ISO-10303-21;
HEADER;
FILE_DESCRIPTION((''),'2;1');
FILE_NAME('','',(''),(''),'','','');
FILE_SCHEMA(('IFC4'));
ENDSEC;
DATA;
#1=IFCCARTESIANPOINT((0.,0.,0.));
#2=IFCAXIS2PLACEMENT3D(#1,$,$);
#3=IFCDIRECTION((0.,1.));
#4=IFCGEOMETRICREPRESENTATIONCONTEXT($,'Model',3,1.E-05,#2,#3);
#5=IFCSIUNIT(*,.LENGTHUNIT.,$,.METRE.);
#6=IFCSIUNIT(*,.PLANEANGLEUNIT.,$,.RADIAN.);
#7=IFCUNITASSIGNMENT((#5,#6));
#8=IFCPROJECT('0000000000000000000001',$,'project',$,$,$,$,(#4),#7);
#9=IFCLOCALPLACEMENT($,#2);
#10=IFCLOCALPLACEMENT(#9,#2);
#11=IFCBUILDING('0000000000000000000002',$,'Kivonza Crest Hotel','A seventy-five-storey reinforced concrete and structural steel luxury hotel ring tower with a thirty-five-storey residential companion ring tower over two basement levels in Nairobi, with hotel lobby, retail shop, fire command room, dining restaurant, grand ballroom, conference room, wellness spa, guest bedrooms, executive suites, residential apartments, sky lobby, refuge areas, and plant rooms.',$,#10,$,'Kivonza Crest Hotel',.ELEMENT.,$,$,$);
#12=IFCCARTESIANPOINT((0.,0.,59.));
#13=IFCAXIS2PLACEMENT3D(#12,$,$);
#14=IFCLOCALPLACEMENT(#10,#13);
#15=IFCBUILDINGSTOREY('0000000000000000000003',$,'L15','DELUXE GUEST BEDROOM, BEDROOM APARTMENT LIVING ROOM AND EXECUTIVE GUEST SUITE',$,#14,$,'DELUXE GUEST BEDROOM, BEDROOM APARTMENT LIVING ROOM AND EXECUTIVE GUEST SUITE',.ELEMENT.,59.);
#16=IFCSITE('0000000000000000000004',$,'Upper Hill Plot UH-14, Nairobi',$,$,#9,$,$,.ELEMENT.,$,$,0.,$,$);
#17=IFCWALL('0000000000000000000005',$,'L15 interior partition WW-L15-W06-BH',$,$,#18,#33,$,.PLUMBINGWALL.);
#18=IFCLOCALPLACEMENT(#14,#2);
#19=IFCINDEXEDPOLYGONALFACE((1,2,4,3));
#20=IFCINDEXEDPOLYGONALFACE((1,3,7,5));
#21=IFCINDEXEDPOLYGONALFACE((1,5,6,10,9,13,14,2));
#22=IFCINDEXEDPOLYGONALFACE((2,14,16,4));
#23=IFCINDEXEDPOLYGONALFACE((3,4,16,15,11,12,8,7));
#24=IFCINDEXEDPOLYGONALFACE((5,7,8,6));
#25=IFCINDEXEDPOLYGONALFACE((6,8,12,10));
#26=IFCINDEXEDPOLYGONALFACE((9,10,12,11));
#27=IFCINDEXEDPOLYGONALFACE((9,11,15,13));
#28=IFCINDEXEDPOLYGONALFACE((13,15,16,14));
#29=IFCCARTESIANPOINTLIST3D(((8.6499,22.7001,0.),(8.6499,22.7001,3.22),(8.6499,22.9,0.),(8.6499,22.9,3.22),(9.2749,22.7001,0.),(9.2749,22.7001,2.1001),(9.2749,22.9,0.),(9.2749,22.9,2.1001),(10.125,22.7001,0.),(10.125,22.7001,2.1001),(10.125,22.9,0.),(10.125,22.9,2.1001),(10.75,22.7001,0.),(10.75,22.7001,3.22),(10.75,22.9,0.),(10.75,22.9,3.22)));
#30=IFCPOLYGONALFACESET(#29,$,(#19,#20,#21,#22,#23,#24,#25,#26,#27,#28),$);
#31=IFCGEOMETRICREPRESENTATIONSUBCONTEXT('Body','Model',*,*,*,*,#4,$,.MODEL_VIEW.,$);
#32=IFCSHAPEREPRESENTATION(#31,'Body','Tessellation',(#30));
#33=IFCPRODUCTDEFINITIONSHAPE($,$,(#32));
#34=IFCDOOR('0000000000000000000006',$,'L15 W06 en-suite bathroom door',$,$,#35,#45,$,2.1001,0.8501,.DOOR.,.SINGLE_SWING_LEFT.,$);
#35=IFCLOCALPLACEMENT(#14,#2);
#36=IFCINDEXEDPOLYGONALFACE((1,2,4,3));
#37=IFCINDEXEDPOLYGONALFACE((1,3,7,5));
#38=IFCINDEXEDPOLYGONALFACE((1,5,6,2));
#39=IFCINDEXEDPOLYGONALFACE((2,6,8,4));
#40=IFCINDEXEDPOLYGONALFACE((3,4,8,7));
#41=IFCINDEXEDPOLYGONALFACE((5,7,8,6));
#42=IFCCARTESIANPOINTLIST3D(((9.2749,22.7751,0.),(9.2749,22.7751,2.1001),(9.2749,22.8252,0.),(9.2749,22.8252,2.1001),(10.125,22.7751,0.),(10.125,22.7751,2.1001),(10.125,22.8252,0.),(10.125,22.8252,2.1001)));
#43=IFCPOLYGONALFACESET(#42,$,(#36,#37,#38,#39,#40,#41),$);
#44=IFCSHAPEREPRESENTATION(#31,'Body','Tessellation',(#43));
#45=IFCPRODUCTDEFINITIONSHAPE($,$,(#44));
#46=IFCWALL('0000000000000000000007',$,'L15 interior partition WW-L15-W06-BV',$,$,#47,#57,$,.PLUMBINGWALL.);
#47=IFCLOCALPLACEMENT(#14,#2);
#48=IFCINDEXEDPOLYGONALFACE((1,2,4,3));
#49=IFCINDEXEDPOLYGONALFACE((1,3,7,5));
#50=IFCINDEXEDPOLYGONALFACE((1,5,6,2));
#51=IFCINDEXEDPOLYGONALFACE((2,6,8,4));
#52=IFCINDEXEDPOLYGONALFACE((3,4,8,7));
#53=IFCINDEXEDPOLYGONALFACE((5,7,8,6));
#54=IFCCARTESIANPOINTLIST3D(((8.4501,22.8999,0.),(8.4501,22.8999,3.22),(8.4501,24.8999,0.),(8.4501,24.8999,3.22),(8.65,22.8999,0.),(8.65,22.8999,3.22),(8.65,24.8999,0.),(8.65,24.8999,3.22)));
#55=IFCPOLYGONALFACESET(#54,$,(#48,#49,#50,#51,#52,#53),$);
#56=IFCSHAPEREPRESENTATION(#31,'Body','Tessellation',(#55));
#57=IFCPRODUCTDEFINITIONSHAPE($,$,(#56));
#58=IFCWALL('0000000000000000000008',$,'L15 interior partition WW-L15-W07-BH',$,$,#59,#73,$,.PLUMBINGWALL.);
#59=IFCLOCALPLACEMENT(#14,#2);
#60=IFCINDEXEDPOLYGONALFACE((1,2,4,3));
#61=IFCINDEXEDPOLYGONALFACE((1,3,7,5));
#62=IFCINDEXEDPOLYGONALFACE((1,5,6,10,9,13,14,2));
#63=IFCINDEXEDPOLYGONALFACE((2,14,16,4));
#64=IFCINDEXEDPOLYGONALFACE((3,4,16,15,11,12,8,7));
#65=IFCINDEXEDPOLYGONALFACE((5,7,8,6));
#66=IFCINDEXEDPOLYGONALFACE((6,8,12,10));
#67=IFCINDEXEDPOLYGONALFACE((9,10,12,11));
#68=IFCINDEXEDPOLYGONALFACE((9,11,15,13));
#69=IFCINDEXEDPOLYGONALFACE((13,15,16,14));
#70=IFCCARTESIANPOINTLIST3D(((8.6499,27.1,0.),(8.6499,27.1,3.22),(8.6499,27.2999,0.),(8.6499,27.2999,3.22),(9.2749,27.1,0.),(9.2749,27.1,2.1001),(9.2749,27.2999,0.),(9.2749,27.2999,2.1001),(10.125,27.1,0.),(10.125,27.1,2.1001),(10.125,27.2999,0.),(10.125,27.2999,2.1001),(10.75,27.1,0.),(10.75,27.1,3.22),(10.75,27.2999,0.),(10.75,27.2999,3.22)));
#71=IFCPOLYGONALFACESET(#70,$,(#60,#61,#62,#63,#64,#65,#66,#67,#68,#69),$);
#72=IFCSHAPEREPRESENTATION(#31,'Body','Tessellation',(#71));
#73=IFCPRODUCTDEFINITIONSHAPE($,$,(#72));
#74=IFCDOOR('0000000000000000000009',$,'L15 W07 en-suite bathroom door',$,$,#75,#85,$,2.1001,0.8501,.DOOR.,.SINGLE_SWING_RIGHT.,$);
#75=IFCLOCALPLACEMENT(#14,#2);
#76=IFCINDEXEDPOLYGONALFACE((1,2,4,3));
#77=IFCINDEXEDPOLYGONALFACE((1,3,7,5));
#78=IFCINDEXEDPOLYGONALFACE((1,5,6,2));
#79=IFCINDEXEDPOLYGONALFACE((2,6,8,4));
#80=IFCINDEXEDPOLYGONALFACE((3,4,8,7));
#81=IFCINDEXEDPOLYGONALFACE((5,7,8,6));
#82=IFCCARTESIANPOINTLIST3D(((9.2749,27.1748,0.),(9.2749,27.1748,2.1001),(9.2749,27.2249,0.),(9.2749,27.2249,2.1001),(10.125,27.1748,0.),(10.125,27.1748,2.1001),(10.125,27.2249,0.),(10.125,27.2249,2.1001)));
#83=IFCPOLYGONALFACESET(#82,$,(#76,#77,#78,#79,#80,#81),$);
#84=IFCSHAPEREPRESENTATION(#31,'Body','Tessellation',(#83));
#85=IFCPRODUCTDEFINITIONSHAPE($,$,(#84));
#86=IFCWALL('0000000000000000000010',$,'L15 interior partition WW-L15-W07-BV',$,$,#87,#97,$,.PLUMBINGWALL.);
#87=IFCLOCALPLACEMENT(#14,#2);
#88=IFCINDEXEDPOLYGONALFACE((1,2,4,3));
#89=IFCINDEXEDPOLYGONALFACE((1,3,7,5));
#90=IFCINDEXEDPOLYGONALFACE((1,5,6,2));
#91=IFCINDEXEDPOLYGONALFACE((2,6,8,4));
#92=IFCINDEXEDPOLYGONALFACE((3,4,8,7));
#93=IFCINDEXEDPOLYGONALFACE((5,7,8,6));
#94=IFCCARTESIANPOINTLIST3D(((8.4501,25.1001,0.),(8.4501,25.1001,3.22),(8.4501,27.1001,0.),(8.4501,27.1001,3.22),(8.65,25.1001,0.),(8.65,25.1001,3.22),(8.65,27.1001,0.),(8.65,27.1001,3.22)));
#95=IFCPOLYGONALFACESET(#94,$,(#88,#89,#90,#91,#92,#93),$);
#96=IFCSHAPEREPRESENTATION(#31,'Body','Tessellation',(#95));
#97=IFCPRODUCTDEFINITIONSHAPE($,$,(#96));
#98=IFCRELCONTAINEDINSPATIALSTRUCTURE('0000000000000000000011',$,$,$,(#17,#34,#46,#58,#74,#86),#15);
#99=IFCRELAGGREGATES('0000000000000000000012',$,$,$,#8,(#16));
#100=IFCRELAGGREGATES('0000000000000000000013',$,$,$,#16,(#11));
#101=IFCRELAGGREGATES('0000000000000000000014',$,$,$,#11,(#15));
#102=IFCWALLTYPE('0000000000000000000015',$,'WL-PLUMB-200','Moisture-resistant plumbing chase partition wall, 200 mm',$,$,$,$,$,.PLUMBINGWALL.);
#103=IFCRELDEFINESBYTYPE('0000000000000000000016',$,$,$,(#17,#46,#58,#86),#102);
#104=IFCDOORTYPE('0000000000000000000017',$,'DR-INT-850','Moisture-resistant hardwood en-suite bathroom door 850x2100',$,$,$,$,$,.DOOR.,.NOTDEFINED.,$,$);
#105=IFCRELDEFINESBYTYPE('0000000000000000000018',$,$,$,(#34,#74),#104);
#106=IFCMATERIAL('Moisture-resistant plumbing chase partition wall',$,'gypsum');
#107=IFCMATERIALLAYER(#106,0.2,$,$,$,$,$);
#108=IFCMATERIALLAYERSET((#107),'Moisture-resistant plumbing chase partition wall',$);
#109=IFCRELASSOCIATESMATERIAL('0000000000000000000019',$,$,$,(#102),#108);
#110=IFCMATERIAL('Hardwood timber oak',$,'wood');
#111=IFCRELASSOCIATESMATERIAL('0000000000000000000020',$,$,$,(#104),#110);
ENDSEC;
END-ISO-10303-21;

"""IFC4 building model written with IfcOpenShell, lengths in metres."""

from ifc_helpers import new_model, si_unit, direction, frame, frame_2d, origin, place, context, subcontext, project, spatial, rectangle, extrude, material, layer, layer_set, type_object, element, fill, save


model = new_model("IFC4")

# Units and contexts
model_context = context("Model", 3, precision=1e-05, world=origin(), true_north=direction((0.0, 1.0)))
body_context = subcontext(model_context, "Body", "Model", "MODEL_VIEW")
ifc_project = project(units=[si_unit("LENGTHUNIT", "METRE"), si_unit("PLANEANGLEUNIT", "RADIAN")], contexts=[model_context])

# Site, building, storey
site_placement = place(None, origin())
site = spatial("IfcSite", under=ifc_project, at=site_placement, Name="Upper Hill Plot UH-14, Nairobi", CompositionType="ELEMENT", RefElevation=0.0)
building_placement = place(site_placement, origin())
building = spatial("IfcBuilding", under=site, at=building_placement, Name="Kivonza Crest Hotel", Description="A seventy-five-storey reinforced concrete and structural steel luxury hotel ring tower with a thirty-five-storey residential companion ring tower over two basement levels in Nairobi, with hotel lobby, retail shop, fire command room, dining restaurant, grand ballroom, conference room, wellness spa, guest bedrooms, executive suites, residential apartments, sky lobby, refuge areas, and plant rooms.", LongName="Kivonza Crest Hotel", CompositionType="ELEMENT")
storey_placement = place(building_placement, frame((0.0, 0.0, 59.0)))
storey = spatial("IfcBuildingStorey", under=building, at=storey_placement, Name="L15", Description="DELUXE GUEST BEDROOM, BEDROOM APARTMENT LIVING ROOM AND EXECUTIVE GUEST SUITE", LongName="DELUXE GUEST BEDROOM, BEDROOM APARTMENT LIVING ROOM AND EXECUTIVE GUEST SUITE", CompositionType="ELEMENT", Elevation=59.0)

# Shared definitions
ifc_material_1 = material(Name="Hardwood timber oak", Category="wood")

# Wall, opening, door
ifc_material_2 = material(Name="Moisture-resistant plumbing chase partition wall", Category="gypsum")
ifc_layer_1 = layer(ifc_material_2, 0.2)
ifc_layer_set_1 = layer_set([ifc_layer_1], Name="Moisture-resistant plumbing chase partition wall")
wall_type_1 = type_object("IfcWallType", Name="WL-PLUMB-200", Description="Moisture-resistant plumbing chase partition wall, 200 mm", PredefinedType="PLUMBINGWALL", material=ifc_layer_set_1)
wall_1_placement = place(storey_placement, frame((8.6499, 22.8, 0.0), z_axis=(0.0, 0.0, 1.0), x_axis=(1.0, 0.0, 0.0)))
wall_1 = element("IfcWall", 1, at=wall_1_placement, inside=storey, type_object=wall_type_1, Name="L15 interior partition WW-L15-W06-BH", PredefinedType="PLUMBINGWALL", context=body_context, shape_type="SweptSolid", body=[
    extrude(rectangle(XDim=2.1001, YDim=0.2, at=frame_2d((1.05, 0.0))), origin(), (0.0, 0.0, 1.0), 3.22),
])
opening_1_placement = place(wall_1_placement, frame((0.625, 0.0, 0.0)))
opening_1 = element("IfcOpeningElement", 2, at=opening_1_placement, cuts=wall_1, PredefinedType="OPENING", context=body_context, shape_type="SweptSolid", body=[
    extrude(rectangle(XDim=0.8501, YDim=2.1001, at=frame_2d((0.425, 1.05))), frame((0.0, 0.1099, 0.0), z_axis=(0.0, -1.0, 0.0), x_axis=(1.0, 0.0, 0.0)), (0.0, 0.0, 1.0), 0.22),
])
door_type_1 = type_object("IfcDoorType", Name="DR-INT-850", Description="Moisture-resistant hardwood en-suite bathroom door 850x2100", OperationType="NOTDEFINED", PredefinedType="DOOR", material=ifc_material_1)
door_1_placement = place(opening_1_placement, frame((0.8501, 0.0, 0.0), z_axis=(0.0, 0.0, 1.0), x_axis=(-1.0, 0.0, 0.0)))
door_1 = element("IfcDoor", 3, at=door_1_placement, inside=storey, type_object=door_type_1, Name="L15 W06 en-suite bathroom door", OperationType="SINGLE_SWING_LEFT", OverallHeight=2.1001, OverallWidth=0.8501, PredefinedType="DOOR", context=body_context, shape_type="SweptSolid", body=[
    extrude(rectangle(XDim=0.8501, YDim=2.1001, at=frame_2d((0.425, 1.05))), frame((0.0, 0.0249, 0.0), z_axis=(0.0, -1.0, 0.0), x_axis=(1.0, 0.0, 0.0)), (0.0, 0.0, 1.0), 0.05),
])
fill(opening_1, door_1)

# Wall
wall_2_placement = place(storey_placement, frame((8.55, 22.8999, 0.0), z_axis=(0.0, 0.0, 1.0), x_axis=(0.0, 1.0, 0.0)))
element("IfcWall", 4, at=wall_2_placement, inside=storey, type_object=wall_type_1, Name="L15 interior partition WW-L15-W06-BV", PredefinedType="PLUMBINGWALL", context=body_context, shape_type="SweptSolid", body=[
    extrude(rectangle(XDim=2.0, YDim=0.2, at=frame_2d((1.0, 0.0))), origin(), (0.0, 0.0, 1.0), 3.22),
])

# Wall, opening, door
wall_3_placement = place(storey_placement, frame((8.6499, 27.2, 0.0), z_axis=(0.0, 0.0, 1.0), x_axis=(1.0, 0.0, 0.0)))
wall_3 = element("IfcWall", 5, at=wall_3_placement, inside=storey, type_object=wall_type_1, Name="L15 interior partition WW-L15-W07-BH", PredefinedType="PLUMBINGWALL", context=body_context, shape_type="SweptSolid", body=[
    extrude(rectangle(XDim=2.1001, YDim=0.2, at=frame_2d((1.05, 0.0))), origin(), (0.0, 0.0, 1.0), 3.22),
])
opening_2_placement = place(wall_3_placement, frame((0.625, 0.0, 0.0)))
opening_2 = element("IfcOpeningElement", 6, at=opening_2_placement, cuts=wall_3, PredefinedType="OPENING", context=body_context, shape_type="SweptSolid", body=[
    extrude(rectangle(XDim=0.8501, YDim=2.1001, at=frame_2d((0.425, 1.05))), frame((0.0, 0.1099, 0.0), z_axis=(0.0, -1.0, 0.0), x_axis=(1.0, 0.0, 0.0)), (0.0, 0.0, 1.0), 0.22),
])
door_2_placement = place(opening_2_placement, origin())
door_2 = element("IfcDoor", 7, at=door_2_placement, inside=storey, type_object=door_type_1, Name="L15 W07 en-suite bathroom door", OperationType="SINGLE_SWING_RIGHT", OverallHeight=2.1001, OverallWidth=0.8501, PredefinedType="DOOR", context=body_context, shape_type="SweptSolid", body=[
    extrude(rectangle(XDim=0.8501, YDim=2.1001, at=frame_2d((0.425, 1.05))), frame((0.0, 0.0249, 0.0), z_axis=(0.0, -1.0, 0.0), x_axis=(1.0, 0.0, 0.0)), (0.0, 0.0, 1.0), 0.05),
])
fill(opening_2, door_2)

# Wall
wall_4_placement = place(storey_placement, frame((8.55, 25.1001, 0.0), z_axis=(0.0, 0.0, 1.0), x_axis=(0.0, 1.0, 0.0)))
element("IfcWall", 8, at=wall_4_placement, inside=storey, type_object=wall_type_1, Name="L15 interior partition WW-L15-W07-BV", PredefinedType="PLUMBINGWALL", context=body_context, shape_type="SweptSolid", body=[
    extrude(rectangle(XDim=2.0, YDim=0.2, at=frame_2d((1.0, 0.0))), origin(), (0.0, 0.0, 1.0), 3.22),
])

save(model, "model.ifc")
